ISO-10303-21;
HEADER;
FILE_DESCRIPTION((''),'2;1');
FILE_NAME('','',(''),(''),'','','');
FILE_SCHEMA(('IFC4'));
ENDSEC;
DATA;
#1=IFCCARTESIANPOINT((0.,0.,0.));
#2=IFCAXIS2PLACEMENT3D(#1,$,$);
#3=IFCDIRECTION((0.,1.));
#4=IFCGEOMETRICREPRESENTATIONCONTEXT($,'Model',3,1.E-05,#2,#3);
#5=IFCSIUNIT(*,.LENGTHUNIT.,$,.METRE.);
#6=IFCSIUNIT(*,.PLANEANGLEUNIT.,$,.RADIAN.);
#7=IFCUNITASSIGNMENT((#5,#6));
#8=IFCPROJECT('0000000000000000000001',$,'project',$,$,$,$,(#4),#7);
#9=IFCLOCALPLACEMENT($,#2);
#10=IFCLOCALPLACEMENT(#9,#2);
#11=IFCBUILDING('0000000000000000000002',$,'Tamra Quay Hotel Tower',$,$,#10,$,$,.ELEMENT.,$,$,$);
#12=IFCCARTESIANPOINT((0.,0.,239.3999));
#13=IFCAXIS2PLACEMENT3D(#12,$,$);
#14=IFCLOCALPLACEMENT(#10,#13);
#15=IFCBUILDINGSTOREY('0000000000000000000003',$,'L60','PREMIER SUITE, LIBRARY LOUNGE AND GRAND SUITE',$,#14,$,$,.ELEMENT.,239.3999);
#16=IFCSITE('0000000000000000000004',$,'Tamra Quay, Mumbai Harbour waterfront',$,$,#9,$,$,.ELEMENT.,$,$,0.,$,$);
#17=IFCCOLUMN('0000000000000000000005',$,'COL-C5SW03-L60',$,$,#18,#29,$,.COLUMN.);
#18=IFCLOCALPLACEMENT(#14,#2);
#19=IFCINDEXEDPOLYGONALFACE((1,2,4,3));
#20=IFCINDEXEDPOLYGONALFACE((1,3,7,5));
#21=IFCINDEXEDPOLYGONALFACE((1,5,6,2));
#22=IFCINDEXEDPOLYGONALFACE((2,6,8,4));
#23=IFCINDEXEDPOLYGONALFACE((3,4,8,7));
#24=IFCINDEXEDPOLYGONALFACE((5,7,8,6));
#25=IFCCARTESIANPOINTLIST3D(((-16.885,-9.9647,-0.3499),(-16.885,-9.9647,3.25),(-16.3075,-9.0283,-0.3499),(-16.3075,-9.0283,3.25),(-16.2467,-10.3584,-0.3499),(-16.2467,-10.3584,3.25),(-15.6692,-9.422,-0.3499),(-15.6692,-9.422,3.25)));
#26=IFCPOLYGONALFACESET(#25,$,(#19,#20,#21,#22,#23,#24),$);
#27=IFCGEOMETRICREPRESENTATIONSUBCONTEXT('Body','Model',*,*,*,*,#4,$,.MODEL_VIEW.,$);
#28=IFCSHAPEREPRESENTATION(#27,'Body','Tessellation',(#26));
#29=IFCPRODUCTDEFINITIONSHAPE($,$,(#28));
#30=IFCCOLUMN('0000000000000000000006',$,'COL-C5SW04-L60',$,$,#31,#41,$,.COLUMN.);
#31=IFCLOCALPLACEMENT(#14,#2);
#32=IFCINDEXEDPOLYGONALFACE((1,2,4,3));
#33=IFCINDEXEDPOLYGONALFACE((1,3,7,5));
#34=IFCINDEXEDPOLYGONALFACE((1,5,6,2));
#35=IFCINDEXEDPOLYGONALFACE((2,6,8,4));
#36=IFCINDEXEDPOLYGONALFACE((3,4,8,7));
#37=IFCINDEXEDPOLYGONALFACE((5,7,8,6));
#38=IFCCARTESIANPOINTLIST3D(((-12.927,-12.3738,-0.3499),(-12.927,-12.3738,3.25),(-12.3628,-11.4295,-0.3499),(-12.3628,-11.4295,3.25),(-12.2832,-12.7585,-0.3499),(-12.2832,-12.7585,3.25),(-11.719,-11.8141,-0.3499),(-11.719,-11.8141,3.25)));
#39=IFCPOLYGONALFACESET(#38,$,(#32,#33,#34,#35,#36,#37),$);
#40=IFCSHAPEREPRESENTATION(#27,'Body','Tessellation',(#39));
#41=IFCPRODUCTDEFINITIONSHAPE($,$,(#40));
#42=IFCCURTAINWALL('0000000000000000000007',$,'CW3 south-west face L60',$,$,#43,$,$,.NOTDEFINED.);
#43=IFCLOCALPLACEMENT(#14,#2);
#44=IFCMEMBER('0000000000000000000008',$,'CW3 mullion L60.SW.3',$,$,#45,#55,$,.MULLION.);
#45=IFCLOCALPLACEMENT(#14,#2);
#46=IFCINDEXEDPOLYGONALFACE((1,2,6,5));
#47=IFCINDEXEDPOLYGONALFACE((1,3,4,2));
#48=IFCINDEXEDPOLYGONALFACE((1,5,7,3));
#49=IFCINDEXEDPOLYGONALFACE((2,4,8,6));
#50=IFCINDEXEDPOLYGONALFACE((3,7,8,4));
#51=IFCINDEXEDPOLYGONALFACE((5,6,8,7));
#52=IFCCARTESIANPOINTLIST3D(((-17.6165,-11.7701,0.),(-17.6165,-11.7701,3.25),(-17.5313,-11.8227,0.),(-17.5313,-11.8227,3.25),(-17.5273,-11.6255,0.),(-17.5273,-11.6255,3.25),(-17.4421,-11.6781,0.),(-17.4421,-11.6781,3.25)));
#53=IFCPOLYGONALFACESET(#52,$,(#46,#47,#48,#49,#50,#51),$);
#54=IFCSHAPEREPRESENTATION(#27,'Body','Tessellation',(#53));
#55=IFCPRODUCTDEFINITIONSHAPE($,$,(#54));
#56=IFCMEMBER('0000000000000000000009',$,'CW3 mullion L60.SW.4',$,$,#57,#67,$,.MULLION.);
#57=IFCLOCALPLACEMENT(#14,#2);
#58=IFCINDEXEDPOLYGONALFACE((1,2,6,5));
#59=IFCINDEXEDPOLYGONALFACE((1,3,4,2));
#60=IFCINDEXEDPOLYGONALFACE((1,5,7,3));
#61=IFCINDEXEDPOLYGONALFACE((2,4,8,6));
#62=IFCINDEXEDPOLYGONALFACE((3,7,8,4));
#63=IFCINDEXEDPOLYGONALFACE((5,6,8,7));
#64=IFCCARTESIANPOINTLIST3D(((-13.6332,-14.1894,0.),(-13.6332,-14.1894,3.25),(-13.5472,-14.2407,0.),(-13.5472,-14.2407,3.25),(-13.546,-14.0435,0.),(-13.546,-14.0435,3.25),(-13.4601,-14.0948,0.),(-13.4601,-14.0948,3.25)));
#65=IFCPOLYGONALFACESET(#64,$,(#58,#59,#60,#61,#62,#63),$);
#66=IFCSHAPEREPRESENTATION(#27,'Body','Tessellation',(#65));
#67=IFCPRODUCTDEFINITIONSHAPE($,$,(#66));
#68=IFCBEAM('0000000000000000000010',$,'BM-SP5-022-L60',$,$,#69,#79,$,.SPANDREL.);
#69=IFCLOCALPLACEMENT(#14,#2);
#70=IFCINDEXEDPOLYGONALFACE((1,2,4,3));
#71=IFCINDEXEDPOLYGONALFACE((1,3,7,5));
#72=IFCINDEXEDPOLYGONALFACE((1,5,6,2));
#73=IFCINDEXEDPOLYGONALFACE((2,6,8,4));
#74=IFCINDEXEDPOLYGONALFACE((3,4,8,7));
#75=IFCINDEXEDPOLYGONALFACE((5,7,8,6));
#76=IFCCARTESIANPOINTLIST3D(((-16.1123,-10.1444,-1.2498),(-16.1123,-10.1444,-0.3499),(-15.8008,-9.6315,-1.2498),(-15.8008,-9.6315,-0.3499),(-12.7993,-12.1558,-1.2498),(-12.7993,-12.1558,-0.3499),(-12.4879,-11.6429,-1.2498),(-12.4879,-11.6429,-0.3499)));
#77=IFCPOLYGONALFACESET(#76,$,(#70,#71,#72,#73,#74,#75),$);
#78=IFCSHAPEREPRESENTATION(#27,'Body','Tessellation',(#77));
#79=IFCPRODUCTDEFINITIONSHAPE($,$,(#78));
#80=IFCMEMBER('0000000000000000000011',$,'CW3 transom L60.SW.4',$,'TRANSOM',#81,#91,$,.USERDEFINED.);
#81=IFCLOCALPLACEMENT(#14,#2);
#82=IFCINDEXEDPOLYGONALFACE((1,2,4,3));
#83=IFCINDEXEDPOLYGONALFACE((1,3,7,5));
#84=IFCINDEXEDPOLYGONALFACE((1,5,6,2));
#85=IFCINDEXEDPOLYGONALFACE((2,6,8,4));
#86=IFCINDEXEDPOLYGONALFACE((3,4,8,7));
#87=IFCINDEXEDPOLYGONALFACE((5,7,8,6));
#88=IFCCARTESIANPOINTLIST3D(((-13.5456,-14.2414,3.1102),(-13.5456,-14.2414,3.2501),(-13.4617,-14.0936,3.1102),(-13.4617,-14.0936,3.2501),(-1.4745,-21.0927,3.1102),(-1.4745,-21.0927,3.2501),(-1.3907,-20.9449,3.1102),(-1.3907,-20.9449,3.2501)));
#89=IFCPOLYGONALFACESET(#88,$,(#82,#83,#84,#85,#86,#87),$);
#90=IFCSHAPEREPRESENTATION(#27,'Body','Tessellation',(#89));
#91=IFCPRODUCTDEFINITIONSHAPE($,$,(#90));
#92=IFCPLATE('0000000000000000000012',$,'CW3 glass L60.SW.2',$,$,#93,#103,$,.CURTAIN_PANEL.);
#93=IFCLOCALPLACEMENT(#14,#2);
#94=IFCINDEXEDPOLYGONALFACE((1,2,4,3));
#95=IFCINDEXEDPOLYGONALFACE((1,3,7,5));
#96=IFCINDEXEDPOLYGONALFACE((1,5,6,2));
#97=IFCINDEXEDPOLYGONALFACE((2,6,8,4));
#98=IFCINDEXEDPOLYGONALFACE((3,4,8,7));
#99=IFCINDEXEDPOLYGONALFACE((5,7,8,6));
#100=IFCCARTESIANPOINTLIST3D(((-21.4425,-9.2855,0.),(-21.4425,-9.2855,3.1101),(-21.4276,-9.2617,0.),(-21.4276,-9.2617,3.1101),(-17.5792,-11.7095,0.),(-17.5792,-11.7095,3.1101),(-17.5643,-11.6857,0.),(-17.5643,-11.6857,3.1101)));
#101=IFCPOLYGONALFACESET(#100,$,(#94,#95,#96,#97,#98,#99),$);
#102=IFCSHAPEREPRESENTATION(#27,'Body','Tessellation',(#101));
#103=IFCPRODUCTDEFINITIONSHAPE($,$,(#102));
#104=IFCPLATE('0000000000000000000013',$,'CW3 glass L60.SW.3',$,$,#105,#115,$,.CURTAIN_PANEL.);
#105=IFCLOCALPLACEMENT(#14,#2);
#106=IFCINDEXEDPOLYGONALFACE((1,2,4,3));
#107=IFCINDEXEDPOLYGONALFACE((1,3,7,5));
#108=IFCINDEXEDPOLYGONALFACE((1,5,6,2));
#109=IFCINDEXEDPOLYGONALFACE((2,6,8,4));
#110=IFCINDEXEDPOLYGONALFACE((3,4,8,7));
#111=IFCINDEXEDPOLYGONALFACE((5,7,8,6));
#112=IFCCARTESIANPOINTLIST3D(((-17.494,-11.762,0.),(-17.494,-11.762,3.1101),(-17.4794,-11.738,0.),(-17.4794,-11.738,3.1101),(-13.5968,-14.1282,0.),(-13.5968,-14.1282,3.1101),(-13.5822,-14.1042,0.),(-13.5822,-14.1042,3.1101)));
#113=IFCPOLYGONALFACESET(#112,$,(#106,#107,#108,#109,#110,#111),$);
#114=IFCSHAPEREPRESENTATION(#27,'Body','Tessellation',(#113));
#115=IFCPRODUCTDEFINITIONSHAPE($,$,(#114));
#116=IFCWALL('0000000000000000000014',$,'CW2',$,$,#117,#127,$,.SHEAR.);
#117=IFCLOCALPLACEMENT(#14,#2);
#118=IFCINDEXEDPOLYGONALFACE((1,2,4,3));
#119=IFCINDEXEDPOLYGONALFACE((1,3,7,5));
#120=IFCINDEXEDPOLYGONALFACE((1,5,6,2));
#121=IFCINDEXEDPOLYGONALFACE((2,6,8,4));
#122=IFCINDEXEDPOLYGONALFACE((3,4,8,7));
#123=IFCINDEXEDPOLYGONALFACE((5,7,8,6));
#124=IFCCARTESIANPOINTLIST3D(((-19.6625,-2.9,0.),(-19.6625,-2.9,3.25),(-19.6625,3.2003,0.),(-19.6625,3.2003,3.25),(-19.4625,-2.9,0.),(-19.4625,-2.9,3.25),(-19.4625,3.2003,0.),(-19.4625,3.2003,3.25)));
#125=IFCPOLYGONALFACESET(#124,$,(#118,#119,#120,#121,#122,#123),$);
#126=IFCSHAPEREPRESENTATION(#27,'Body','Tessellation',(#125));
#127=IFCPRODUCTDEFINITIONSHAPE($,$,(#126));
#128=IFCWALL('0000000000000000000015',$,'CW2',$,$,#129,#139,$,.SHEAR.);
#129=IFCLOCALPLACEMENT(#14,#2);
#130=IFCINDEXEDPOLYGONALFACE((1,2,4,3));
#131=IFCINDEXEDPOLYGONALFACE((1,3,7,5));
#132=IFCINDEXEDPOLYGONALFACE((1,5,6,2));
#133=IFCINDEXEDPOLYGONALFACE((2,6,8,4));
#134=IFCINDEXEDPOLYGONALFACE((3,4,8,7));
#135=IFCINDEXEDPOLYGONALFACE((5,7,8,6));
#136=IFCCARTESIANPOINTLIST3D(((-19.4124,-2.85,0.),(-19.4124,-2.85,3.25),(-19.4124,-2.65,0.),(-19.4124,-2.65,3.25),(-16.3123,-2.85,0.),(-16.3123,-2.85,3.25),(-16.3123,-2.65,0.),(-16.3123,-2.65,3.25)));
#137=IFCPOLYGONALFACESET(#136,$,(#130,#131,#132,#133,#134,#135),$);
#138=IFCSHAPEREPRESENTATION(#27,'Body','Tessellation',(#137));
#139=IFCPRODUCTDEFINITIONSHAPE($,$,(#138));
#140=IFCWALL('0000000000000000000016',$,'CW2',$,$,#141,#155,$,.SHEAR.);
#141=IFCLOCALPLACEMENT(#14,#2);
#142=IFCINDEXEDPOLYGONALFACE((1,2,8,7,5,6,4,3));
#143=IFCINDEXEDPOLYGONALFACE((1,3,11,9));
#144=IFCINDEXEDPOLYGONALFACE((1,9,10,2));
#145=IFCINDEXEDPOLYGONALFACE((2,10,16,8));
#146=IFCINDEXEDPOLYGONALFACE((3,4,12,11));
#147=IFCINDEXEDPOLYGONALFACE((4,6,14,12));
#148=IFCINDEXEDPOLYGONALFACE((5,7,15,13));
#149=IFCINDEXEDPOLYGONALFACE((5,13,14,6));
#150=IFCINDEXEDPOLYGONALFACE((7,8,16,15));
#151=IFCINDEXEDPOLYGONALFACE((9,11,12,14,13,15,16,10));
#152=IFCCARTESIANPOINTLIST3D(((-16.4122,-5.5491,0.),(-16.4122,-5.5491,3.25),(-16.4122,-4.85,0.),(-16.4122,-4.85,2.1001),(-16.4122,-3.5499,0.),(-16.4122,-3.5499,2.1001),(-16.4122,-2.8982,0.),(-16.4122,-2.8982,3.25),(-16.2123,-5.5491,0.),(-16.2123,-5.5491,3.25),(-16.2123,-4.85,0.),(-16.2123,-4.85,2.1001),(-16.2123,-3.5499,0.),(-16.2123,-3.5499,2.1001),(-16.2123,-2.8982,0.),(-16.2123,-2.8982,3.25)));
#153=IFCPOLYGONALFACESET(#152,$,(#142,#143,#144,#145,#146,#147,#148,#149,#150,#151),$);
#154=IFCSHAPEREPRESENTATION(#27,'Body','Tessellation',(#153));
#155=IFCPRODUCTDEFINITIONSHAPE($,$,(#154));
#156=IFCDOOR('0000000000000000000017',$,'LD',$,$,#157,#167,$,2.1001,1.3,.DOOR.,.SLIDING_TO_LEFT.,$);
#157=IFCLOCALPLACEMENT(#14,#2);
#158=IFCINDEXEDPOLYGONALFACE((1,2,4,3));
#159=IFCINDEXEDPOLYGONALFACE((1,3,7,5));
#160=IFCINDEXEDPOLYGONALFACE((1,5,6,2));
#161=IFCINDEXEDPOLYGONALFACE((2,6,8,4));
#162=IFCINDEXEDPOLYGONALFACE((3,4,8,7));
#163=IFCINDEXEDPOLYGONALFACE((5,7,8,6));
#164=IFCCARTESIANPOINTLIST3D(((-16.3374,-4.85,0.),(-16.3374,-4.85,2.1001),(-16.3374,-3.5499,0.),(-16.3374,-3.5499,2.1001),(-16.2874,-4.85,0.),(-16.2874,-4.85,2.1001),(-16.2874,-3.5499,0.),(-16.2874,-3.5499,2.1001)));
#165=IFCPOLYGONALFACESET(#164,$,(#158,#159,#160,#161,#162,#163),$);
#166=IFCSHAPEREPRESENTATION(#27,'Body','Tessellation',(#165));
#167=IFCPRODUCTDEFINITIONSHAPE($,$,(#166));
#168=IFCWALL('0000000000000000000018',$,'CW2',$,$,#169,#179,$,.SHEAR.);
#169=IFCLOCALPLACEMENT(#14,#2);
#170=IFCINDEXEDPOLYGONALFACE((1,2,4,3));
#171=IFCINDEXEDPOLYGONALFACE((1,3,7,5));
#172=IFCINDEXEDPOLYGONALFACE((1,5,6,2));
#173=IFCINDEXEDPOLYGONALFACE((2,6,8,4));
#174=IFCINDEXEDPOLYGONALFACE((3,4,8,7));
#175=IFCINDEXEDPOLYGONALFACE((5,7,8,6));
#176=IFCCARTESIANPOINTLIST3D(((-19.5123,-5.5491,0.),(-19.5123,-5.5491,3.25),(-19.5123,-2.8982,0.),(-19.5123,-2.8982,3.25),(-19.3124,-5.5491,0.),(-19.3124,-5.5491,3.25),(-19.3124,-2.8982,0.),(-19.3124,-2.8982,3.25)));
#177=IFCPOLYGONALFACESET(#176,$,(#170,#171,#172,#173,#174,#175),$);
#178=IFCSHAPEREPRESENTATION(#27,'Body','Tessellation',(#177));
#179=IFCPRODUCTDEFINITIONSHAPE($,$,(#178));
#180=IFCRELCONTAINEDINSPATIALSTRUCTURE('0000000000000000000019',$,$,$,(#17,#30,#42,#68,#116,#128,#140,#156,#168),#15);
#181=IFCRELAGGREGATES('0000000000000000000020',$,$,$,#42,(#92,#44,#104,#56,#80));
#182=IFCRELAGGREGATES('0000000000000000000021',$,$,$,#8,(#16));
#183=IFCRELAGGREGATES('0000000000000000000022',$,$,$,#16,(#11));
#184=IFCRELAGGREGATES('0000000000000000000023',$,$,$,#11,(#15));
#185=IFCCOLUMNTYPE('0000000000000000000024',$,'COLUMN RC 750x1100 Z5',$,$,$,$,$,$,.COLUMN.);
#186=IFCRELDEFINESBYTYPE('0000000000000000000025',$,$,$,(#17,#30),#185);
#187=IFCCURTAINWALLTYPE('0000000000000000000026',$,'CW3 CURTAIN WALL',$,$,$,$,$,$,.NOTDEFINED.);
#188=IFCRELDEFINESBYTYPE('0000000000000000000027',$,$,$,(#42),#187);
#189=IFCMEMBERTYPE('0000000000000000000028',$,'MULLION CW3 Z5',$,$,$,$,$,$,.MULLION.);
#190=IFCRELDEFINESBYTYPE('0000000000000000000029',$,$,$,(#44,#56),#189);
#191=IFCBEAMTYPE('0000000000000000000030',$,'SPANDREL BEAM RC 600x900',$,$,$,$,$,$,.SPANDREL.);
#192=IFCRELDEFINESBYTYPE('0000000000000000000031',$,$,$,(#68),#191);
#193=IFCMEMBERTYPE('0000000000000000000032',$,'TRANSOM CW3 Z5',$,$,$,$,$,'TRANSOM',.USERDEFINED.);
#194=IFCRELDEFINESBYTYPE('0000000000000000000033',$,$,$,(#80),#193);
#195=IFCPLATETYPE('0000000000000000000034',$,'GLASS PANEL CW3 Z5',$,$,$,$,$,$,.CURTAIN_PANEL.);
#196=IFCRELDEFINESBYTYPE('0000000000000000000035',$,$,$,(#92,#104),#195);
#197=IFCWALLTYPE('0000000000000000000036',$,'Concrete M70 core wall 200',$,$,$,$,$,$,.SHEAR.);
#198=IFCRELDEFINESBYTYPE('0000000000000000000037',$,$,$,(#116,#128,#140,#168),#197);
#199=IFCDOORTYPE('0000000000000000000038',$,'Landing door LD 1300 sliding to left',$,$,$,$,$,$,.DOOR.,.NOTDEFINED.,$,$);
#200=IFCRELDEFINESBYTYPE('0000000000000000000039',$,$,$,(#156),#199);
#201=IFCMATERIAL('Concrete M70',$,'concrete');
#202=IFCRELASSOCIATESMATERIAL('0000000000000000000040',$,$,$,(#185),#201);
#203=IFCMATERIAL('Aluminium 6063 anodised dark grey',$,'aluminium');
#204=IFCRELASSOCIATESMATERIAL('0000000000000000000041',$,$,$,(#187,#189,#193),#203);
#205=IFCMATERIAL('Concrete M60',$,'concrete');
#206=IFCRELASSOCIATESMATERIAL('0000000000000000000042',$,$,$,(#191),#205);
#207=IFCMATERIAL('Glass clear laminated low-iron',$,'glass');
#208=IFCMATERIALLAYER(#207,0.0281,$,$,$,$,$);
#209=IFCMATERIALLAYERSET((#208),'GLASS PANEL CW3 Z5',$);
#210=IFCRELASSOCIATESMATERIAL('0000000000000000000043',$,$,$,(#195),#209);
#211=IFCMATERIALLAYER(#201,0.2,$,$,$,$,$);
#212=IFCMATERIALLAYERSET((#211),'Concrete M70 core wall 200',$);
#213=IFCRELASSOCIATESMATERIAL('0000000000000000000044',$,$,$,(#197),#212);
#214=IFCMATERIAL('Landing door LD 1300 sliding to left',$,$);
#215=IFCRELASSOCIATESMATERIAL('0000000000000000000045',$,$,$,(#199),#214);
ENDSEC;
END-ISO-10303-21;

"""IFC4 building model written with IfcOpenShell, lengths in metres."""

from ifc_helpers import new_model, si_unit, direction, frame, frame_2d, origin, origin_2d, place, context, subcontext, project, spatial, rectangle, extrude, material, layer, layer_set, material_profile, profile_set, type_object, element, fill, aggregate, save


model = new_model("IFC4")

# Units and contexts
model_context = context("Model", 3, precision=1e-05, world=origin(), true_north=direction((0.0, 1.0)))
body_context = subcontext(model_context, "Body", "Model", "MODEL_VIEW")
ifc_project = project(units=[si_unit("LENGTHUNIT", "METRE"), si_unit("PLANEANGLEUNIT", "RADIAN")], contexts=[model_context])

# Site, building, storey
site_placement = place(None, origin())
site = spatial("IfcSite", under=ifc_project, at=site_placement, Name="Tamra Quay, Mumbai Harbour waterfront", CompositionType="ELEMENT", RefElevation=0.0)
building_placement = place(site_placement, origin())
building = spatial("IfcBuilding", under=site, at=building_placement, Name="Tamra Quay Hotel Tower", CompositionType="ELEMENT")
storey_placement = place(building_placement, frame((0.0, 0.0, 239.3999)))
storey = spatial("IfcBuildingStorey", under=building, at=storey_placement, Name="L60", Description="PREMIER SUITE, LIBRARY LOUNGE AND GRAND SUITE", CompositionType="ELEMENT", Elevation=239.3999)

# Columns
ifc_material_1 = material(Name="Concrete M70", Category="concrete")
ifc_material_profile_1 = material_profile(ifc_material_1, rectangle(XDim=1.1001, YDim=0.75, at=origin_2d()), Name="COLUMN RC 750x1100 Z5")
ifc_profile_set_1 = profile_set([ifc_material_profile_1], Name="Concrete M70")
column_type = type_object("IfcColumnType", Name="COLUMN RC 750x1100 Z5", PredefinedType="COLUMN", material=ifc_profile_set_1)
for number, where, z_axis, x_axis, name in (
    (1, (-16.2771, -9.6934, -0.3499), (0.0, 0.0, 1.0), (0.524928, 0.851147, 0.0), "COL-C5SW03-L60"),
    (2, (-12.323, -12.094, -0.3499), (0.0, 0.0, 1.0), (0.512899, 0.858449, 0.0), "COL-C5SW04-L60"),
):
    element("IfcColumn", number, at=place(storey_placement, frame(where, z_axis=z_axis, x_axis=x_axis)), inside=storey, type_object=column_type, Name=name, PredefinedType="COLUMN", context=body_context, shape_type="SweptSolid", body=[
        extrude(rectangle(XDim=1.1001, YDim=0.75, at=origin_2d()), origin(), (0.0, 0.0, 1.0), 3.5999),
    ])

# Curtain wall, members
ifc_material_2 = material(Name="Aluminium 6063 anodised dark grey", Category="aluminium")
curtain_wall_type = type_object("IfcCurtainWallType", Name="CW3 CURTAIN WALL", PredefinedType="NOTDEFINED", material=ifc_material_2)
curtain_wall_placement = place(storey_placement, origin())
curtain_wall = element("IfcCurtainWall", 3, at=curtain_wall_placement, inside=storey, type_object=curtain_wall_type, Name="CW3 south-west face L60", PredefinedType="NOTDEFINED")
ifc_material_profile_2 = material_profile(ifc_material_2, rectangle(XDim=0.1699, YDim=0.1001, at=origin_2d()), Name="MULLION 100X170")
ifc_profile_set_2 = profile_set([ifc_material_profile_2], Name="Aluminium 6063 anodised dark grey")
member_type_1 = type_object("IfcMemberType", Name="MULLION CW3 Z5", PredefinedType="MULLION", material=ifc_profile_set_2)
member_1_placement = place(storey_placement, frame((-17.5293, -11.7241, 0.0), z_axis=(0.0, 0.0, 1.0), x_axis=(-0.525249, -0.850949, 0.0)))
member_1 = element("IfcMember", 4, at=member_1_placement, type_object=member_type_1, Name="CW3 mullion L60.SW.3", PredefinedType="MULLION", context=body_context, shape_type="SweptSolid", body=[
    extrude(rectangle(XDim=0.1699, YDim=0.1001, at=origin_2d()), origin(), (0.0, 0.0, 1.0), 3.25),
])
member_2_placement = place(storey_placement, frame((-13.5466, -14.1421, 0.0), z_axis=(0.0, 0.0, 1.0), x_axis=(-0.512688, -0.858575, 0.0)))
member_2 = element("IfcMember", 5, at=member_2_placement, type_object=member_type_1, Name="CW3 mullion L60.SW.4", PredefinedType="MULLION", context=body_context, shape_type="SweptSolid", body=[
    extrude(rectangle(XDim=0.1699, YDim=0.1001, at=origin_2d()), origin(), (0.0, 0.0, 1.0), 3.25),
])

# Beam
ifc_material_3 = material(Name="Concrete M60", Category="concrete")
ifc_material_profile_3 = material_profile(ifc_material_3, rectangle(XDim=0.6001, YDim=0.8999, at=origin_2d()), Name="SPANDREL BEAM RC 600x900")
ifc_profile_set_3 = profile_set([ifc_material_profile_3], Name="Concrete M60")
beam_type = type_object("IfcBeamType", Name="SPANDREL BEAM RC 600x900", PredefinedType="SPANDREL", material=ifc_profile_set_3)
beam_placement = place(storey_placement, frame((-15.9565, -9.8879, -0.7998), z_axis=(0.854786, -0.518981, 0.0), x_axis=(0.518981, 0.854786, 0.0)))
element("IfcBeam", 6, at=beam_placement, inside=storey, type_object=beam_type, Name="BM-SP5-022-L60", PredefinedType="SPANDREL", context=body_context, shape_type="SweptSolid", body=[
    extrude(rectangle(XDim=0.6001, YDim=0.8999, at=origin_2d()), origin(), (0.0, 0.0, 1.0), 3.8757),
])

# Member
ifc_material_profile_4 = material_profile(ifc_material_2, rectangle(XDim=0.1699, YDim=0.1399, at=origin_2d()), Name="TRANSOM 170X140")
ifc_profile_set_4 = profile_set([ifc_material_profile_4], Name="Aluminium 6063 anodised dark grey")
member_type_2 = type_object("IfcMemberType", Name="TRANSOM CW3 Z5", ElementType="TRANSOM", PredefinedType="USERDEFINED", material=ifc_profile_set_4)
member_3_placement = place(storey_placement, frame((-13.5037, -14.1675, 3.1802), z_axis=(0.86968, -0.493616, 0.0), x_axis=(0.493616, 0.86968, 0.0)))
member_3 = element("IfcMember", 7, at=member_3_placement, type_object=member_type_2, Name="CW3 transom L60.SW.4", ObjectType="TRANSOM", PredefinedType="USERDEFINED", context=body_context, shape_type="SweptSolid", body=[
    extrude(rectangle(XDim=0.1699, YDim=0.1399, at=origin_2d()), origin(), (0.0, 0.0, 1.0), 13.8799),
])

# Plates
ifc_material_4 = material(Name="Glass clear laminated low-iron", Category="glass")
ifc_layer_1 = layer(ifc_material_4, 0.0281)
ifc_layer_set_1 = layer_set([ifc_layer_1], Name="GLASS PANEL CW3 Z5")
plate_type = type_object("IfcPlateType", Name="GLASS PANEL CW3 Z5", PredefinedType="CURTAIN_PANEL", material=ifc_layer_set_1)
plate_1_placement = place(storey_placement, frame((-19.5034, -10.4856, 0.0), z_axis=(0.0, 0.0, 1.0), x_axis=(0.847069, -0.531484, 0.0)))
plate_1 = element("IfcPlate", 8, at=plate_1_placement, type_object=plate_type, Name="CW3 glass L60.SW.2", PredefinedType="CURTAIN_PANEL", context=body_context, shape_type="SweptSolid", body=[
    extrude(rectangle(XDim=4.5608, YDim=0.0281, at=origin_2d()), origin(), (0.0, 0.0, 1.0), 3.1101),
])
plate_2_placement = place(storey_placement, frame((-15.5381, -12.9331, 0.0), z_axis=(0.0, 0.0, 1.0), x_axis=(0.854783, -0.518985, 0.0)))
plate_2 = element("IfcPlate", 9, at=plate_2_placement, type_object=plate_type, Name="CW3 glass L60.SW.3", PredefinedType="CURTAIN_PANEL", context=body_context, shape_type="SweptSolid", body=[
    extrude(rectangle(XDim=4.5593, YDim=0.0281, at=origin_2d()), origin(), (0.0, 0.0, 1.0), 3.1101),
])
aggregate(curtain_wall, [plate_1, member_1, plate_2, member_2, member_3])

# Walls
ifc_layer_2 = layer(ifc_material_1, 0.2)
ifc_layer_set_2 = layer_set([ifc_layer_2], Name="Concrete M70 core wall 200")
wall_type_1 = type_object("IfcWallType", Name="Concrete M70 core wall 200", PredefinedType="SHEAR", material=ifc_layer_set_2)
wall_1_placement = place(storey_placement, frame((-19.5625, -2.9001, 0.0), z_axis=(0.0, 0.0, 1.0), x_axis=(0.0, 1.0, 0.0)))
element("IfcWall", 10, at=wall_1_placement, inside=storey, type_object=wall_type_1, Name="CW2", PredefinedType="SHEAR", context=body_context, shape_type="SweptSolid", body=[
    extrude(rectangle(XDim=6.1003, YDim=0.2, at=frame_2d((3.0503, 0.0))), origin(), (0.0, 0.0, 1.0), 3.25),
])
wall_2_placement = place(storey_placement, frame((-19.4124, -2.75, 0.0), z_axis=(0.0, 0.0, 1.0), x_axis=(1.0, 0.0, 0.0)))
element("IfcWall", 11, at=wall_2_placement, inside=storey, type_object=wall_type_1, Name="CW2", PredefinedType="SHEAR", context=body_context, shape_type="SweptSolid", body=[
    extrude(rectangle(XDim=3.1001, YDim=0.2, at=frame_2d((1.55, 0.0))), origin(), (0.0, 0.0, 1.0), 3.25),
])

# Wall, opening, door
wall_3_placement = place(storey_placement, frame((-16.3123, -2.8982, 0.0), z_axis=(0.0, 0.0, 1.0), x_axis=(0.0, -1.0, 0.0)))
wall_3 = element("IfcWall", 12, at=wall_3_placement, inside=storey, type_object=wall_type_1, Name="CW2", PredefinedType="SHEAR", context=body_context, shape_type="SweptSolid", body=[
    extrude(rectangle(XDim=2.6509, YDim=0.2, at=frame_2d((1.3254, 0.0))), origin(), (0.0, 0.0, 1.0), 3.25),
])
opening_1_placement = place(wall_3_placement, frame((0.6519, 0.0, 0.0)))
opening_1 = element("IfcOpeningElement", 13, at=opening_1_placement, cuts=wall_3, PredefinedType="OPENING", context=body_context, shape_type="SweptSolid", body=[
    extrude(rectangle(XDim=1.3, YDim=2.1001, at=frame_2d((0.6499, 1.05))), frame((0.0, 0.1099, 0.0), z_axis=(0.0, -1.0, 0.0), x_axis=(1.0, 0.0, 0.0)), (0.0, 0.0, 1.0), 0.22),
])
ifc_material_5 = material(Name="Landing door LD 1300 sliding to left")
door_type_1 = type_object("IfcDoorType", Name="Landing door LD 1300 sliding to left", OperationType="NOTDEFINED", PredefinedType="DOOR", material=ifc_material_5)
door_1_placement = place(opening_1_placement, origin())
door_1 = element("IfcDoor", 14, at=door_1_placement, inside=storey, type_object=door_type_1, Name="LD", OperationType="SLIDING_TO_LEFT", OverallHeight=2.1001, OverallWidth=1.3, PredefinedType="DOOR", context=body_context, shape_type="SweptSolid", body=[
    extrude(rectangle(XDim=1.3, YDim=2.1001, at=frame_2d((0.6499, 1.05))), frame((0.0, 0.0249, 0.0), z_axis=(0.0, -1.0, 0.0), x_axis=(1.0, 0.0, 0.0)), (0.0, 0.0, 1.0), 0.05),
])
fill(opening_1, door_1)

# Wall
wall_4_placement = place(storey_placement, frame((-19.4124, -5.5491, 0.0), z_axis=(0.0, 0.0, 1.0), x_axis=(0.0, 1.0, 0.0)))
element("IfcWall", 15, at=wall_4_placement, inside=storey, type_object=wall_type_1, Name="CW2", PredefinedType="SHEAR", context=body_context, shape_type="SweptSolid", body=[
    extrude(rectangle(XDim=2.6509, YDim=0.2, at=frame_2d((1.3254, 0.0))), origin(), (0.0, 0.0, 1.0), 3.25),
])

save(model, "model.ifc")
